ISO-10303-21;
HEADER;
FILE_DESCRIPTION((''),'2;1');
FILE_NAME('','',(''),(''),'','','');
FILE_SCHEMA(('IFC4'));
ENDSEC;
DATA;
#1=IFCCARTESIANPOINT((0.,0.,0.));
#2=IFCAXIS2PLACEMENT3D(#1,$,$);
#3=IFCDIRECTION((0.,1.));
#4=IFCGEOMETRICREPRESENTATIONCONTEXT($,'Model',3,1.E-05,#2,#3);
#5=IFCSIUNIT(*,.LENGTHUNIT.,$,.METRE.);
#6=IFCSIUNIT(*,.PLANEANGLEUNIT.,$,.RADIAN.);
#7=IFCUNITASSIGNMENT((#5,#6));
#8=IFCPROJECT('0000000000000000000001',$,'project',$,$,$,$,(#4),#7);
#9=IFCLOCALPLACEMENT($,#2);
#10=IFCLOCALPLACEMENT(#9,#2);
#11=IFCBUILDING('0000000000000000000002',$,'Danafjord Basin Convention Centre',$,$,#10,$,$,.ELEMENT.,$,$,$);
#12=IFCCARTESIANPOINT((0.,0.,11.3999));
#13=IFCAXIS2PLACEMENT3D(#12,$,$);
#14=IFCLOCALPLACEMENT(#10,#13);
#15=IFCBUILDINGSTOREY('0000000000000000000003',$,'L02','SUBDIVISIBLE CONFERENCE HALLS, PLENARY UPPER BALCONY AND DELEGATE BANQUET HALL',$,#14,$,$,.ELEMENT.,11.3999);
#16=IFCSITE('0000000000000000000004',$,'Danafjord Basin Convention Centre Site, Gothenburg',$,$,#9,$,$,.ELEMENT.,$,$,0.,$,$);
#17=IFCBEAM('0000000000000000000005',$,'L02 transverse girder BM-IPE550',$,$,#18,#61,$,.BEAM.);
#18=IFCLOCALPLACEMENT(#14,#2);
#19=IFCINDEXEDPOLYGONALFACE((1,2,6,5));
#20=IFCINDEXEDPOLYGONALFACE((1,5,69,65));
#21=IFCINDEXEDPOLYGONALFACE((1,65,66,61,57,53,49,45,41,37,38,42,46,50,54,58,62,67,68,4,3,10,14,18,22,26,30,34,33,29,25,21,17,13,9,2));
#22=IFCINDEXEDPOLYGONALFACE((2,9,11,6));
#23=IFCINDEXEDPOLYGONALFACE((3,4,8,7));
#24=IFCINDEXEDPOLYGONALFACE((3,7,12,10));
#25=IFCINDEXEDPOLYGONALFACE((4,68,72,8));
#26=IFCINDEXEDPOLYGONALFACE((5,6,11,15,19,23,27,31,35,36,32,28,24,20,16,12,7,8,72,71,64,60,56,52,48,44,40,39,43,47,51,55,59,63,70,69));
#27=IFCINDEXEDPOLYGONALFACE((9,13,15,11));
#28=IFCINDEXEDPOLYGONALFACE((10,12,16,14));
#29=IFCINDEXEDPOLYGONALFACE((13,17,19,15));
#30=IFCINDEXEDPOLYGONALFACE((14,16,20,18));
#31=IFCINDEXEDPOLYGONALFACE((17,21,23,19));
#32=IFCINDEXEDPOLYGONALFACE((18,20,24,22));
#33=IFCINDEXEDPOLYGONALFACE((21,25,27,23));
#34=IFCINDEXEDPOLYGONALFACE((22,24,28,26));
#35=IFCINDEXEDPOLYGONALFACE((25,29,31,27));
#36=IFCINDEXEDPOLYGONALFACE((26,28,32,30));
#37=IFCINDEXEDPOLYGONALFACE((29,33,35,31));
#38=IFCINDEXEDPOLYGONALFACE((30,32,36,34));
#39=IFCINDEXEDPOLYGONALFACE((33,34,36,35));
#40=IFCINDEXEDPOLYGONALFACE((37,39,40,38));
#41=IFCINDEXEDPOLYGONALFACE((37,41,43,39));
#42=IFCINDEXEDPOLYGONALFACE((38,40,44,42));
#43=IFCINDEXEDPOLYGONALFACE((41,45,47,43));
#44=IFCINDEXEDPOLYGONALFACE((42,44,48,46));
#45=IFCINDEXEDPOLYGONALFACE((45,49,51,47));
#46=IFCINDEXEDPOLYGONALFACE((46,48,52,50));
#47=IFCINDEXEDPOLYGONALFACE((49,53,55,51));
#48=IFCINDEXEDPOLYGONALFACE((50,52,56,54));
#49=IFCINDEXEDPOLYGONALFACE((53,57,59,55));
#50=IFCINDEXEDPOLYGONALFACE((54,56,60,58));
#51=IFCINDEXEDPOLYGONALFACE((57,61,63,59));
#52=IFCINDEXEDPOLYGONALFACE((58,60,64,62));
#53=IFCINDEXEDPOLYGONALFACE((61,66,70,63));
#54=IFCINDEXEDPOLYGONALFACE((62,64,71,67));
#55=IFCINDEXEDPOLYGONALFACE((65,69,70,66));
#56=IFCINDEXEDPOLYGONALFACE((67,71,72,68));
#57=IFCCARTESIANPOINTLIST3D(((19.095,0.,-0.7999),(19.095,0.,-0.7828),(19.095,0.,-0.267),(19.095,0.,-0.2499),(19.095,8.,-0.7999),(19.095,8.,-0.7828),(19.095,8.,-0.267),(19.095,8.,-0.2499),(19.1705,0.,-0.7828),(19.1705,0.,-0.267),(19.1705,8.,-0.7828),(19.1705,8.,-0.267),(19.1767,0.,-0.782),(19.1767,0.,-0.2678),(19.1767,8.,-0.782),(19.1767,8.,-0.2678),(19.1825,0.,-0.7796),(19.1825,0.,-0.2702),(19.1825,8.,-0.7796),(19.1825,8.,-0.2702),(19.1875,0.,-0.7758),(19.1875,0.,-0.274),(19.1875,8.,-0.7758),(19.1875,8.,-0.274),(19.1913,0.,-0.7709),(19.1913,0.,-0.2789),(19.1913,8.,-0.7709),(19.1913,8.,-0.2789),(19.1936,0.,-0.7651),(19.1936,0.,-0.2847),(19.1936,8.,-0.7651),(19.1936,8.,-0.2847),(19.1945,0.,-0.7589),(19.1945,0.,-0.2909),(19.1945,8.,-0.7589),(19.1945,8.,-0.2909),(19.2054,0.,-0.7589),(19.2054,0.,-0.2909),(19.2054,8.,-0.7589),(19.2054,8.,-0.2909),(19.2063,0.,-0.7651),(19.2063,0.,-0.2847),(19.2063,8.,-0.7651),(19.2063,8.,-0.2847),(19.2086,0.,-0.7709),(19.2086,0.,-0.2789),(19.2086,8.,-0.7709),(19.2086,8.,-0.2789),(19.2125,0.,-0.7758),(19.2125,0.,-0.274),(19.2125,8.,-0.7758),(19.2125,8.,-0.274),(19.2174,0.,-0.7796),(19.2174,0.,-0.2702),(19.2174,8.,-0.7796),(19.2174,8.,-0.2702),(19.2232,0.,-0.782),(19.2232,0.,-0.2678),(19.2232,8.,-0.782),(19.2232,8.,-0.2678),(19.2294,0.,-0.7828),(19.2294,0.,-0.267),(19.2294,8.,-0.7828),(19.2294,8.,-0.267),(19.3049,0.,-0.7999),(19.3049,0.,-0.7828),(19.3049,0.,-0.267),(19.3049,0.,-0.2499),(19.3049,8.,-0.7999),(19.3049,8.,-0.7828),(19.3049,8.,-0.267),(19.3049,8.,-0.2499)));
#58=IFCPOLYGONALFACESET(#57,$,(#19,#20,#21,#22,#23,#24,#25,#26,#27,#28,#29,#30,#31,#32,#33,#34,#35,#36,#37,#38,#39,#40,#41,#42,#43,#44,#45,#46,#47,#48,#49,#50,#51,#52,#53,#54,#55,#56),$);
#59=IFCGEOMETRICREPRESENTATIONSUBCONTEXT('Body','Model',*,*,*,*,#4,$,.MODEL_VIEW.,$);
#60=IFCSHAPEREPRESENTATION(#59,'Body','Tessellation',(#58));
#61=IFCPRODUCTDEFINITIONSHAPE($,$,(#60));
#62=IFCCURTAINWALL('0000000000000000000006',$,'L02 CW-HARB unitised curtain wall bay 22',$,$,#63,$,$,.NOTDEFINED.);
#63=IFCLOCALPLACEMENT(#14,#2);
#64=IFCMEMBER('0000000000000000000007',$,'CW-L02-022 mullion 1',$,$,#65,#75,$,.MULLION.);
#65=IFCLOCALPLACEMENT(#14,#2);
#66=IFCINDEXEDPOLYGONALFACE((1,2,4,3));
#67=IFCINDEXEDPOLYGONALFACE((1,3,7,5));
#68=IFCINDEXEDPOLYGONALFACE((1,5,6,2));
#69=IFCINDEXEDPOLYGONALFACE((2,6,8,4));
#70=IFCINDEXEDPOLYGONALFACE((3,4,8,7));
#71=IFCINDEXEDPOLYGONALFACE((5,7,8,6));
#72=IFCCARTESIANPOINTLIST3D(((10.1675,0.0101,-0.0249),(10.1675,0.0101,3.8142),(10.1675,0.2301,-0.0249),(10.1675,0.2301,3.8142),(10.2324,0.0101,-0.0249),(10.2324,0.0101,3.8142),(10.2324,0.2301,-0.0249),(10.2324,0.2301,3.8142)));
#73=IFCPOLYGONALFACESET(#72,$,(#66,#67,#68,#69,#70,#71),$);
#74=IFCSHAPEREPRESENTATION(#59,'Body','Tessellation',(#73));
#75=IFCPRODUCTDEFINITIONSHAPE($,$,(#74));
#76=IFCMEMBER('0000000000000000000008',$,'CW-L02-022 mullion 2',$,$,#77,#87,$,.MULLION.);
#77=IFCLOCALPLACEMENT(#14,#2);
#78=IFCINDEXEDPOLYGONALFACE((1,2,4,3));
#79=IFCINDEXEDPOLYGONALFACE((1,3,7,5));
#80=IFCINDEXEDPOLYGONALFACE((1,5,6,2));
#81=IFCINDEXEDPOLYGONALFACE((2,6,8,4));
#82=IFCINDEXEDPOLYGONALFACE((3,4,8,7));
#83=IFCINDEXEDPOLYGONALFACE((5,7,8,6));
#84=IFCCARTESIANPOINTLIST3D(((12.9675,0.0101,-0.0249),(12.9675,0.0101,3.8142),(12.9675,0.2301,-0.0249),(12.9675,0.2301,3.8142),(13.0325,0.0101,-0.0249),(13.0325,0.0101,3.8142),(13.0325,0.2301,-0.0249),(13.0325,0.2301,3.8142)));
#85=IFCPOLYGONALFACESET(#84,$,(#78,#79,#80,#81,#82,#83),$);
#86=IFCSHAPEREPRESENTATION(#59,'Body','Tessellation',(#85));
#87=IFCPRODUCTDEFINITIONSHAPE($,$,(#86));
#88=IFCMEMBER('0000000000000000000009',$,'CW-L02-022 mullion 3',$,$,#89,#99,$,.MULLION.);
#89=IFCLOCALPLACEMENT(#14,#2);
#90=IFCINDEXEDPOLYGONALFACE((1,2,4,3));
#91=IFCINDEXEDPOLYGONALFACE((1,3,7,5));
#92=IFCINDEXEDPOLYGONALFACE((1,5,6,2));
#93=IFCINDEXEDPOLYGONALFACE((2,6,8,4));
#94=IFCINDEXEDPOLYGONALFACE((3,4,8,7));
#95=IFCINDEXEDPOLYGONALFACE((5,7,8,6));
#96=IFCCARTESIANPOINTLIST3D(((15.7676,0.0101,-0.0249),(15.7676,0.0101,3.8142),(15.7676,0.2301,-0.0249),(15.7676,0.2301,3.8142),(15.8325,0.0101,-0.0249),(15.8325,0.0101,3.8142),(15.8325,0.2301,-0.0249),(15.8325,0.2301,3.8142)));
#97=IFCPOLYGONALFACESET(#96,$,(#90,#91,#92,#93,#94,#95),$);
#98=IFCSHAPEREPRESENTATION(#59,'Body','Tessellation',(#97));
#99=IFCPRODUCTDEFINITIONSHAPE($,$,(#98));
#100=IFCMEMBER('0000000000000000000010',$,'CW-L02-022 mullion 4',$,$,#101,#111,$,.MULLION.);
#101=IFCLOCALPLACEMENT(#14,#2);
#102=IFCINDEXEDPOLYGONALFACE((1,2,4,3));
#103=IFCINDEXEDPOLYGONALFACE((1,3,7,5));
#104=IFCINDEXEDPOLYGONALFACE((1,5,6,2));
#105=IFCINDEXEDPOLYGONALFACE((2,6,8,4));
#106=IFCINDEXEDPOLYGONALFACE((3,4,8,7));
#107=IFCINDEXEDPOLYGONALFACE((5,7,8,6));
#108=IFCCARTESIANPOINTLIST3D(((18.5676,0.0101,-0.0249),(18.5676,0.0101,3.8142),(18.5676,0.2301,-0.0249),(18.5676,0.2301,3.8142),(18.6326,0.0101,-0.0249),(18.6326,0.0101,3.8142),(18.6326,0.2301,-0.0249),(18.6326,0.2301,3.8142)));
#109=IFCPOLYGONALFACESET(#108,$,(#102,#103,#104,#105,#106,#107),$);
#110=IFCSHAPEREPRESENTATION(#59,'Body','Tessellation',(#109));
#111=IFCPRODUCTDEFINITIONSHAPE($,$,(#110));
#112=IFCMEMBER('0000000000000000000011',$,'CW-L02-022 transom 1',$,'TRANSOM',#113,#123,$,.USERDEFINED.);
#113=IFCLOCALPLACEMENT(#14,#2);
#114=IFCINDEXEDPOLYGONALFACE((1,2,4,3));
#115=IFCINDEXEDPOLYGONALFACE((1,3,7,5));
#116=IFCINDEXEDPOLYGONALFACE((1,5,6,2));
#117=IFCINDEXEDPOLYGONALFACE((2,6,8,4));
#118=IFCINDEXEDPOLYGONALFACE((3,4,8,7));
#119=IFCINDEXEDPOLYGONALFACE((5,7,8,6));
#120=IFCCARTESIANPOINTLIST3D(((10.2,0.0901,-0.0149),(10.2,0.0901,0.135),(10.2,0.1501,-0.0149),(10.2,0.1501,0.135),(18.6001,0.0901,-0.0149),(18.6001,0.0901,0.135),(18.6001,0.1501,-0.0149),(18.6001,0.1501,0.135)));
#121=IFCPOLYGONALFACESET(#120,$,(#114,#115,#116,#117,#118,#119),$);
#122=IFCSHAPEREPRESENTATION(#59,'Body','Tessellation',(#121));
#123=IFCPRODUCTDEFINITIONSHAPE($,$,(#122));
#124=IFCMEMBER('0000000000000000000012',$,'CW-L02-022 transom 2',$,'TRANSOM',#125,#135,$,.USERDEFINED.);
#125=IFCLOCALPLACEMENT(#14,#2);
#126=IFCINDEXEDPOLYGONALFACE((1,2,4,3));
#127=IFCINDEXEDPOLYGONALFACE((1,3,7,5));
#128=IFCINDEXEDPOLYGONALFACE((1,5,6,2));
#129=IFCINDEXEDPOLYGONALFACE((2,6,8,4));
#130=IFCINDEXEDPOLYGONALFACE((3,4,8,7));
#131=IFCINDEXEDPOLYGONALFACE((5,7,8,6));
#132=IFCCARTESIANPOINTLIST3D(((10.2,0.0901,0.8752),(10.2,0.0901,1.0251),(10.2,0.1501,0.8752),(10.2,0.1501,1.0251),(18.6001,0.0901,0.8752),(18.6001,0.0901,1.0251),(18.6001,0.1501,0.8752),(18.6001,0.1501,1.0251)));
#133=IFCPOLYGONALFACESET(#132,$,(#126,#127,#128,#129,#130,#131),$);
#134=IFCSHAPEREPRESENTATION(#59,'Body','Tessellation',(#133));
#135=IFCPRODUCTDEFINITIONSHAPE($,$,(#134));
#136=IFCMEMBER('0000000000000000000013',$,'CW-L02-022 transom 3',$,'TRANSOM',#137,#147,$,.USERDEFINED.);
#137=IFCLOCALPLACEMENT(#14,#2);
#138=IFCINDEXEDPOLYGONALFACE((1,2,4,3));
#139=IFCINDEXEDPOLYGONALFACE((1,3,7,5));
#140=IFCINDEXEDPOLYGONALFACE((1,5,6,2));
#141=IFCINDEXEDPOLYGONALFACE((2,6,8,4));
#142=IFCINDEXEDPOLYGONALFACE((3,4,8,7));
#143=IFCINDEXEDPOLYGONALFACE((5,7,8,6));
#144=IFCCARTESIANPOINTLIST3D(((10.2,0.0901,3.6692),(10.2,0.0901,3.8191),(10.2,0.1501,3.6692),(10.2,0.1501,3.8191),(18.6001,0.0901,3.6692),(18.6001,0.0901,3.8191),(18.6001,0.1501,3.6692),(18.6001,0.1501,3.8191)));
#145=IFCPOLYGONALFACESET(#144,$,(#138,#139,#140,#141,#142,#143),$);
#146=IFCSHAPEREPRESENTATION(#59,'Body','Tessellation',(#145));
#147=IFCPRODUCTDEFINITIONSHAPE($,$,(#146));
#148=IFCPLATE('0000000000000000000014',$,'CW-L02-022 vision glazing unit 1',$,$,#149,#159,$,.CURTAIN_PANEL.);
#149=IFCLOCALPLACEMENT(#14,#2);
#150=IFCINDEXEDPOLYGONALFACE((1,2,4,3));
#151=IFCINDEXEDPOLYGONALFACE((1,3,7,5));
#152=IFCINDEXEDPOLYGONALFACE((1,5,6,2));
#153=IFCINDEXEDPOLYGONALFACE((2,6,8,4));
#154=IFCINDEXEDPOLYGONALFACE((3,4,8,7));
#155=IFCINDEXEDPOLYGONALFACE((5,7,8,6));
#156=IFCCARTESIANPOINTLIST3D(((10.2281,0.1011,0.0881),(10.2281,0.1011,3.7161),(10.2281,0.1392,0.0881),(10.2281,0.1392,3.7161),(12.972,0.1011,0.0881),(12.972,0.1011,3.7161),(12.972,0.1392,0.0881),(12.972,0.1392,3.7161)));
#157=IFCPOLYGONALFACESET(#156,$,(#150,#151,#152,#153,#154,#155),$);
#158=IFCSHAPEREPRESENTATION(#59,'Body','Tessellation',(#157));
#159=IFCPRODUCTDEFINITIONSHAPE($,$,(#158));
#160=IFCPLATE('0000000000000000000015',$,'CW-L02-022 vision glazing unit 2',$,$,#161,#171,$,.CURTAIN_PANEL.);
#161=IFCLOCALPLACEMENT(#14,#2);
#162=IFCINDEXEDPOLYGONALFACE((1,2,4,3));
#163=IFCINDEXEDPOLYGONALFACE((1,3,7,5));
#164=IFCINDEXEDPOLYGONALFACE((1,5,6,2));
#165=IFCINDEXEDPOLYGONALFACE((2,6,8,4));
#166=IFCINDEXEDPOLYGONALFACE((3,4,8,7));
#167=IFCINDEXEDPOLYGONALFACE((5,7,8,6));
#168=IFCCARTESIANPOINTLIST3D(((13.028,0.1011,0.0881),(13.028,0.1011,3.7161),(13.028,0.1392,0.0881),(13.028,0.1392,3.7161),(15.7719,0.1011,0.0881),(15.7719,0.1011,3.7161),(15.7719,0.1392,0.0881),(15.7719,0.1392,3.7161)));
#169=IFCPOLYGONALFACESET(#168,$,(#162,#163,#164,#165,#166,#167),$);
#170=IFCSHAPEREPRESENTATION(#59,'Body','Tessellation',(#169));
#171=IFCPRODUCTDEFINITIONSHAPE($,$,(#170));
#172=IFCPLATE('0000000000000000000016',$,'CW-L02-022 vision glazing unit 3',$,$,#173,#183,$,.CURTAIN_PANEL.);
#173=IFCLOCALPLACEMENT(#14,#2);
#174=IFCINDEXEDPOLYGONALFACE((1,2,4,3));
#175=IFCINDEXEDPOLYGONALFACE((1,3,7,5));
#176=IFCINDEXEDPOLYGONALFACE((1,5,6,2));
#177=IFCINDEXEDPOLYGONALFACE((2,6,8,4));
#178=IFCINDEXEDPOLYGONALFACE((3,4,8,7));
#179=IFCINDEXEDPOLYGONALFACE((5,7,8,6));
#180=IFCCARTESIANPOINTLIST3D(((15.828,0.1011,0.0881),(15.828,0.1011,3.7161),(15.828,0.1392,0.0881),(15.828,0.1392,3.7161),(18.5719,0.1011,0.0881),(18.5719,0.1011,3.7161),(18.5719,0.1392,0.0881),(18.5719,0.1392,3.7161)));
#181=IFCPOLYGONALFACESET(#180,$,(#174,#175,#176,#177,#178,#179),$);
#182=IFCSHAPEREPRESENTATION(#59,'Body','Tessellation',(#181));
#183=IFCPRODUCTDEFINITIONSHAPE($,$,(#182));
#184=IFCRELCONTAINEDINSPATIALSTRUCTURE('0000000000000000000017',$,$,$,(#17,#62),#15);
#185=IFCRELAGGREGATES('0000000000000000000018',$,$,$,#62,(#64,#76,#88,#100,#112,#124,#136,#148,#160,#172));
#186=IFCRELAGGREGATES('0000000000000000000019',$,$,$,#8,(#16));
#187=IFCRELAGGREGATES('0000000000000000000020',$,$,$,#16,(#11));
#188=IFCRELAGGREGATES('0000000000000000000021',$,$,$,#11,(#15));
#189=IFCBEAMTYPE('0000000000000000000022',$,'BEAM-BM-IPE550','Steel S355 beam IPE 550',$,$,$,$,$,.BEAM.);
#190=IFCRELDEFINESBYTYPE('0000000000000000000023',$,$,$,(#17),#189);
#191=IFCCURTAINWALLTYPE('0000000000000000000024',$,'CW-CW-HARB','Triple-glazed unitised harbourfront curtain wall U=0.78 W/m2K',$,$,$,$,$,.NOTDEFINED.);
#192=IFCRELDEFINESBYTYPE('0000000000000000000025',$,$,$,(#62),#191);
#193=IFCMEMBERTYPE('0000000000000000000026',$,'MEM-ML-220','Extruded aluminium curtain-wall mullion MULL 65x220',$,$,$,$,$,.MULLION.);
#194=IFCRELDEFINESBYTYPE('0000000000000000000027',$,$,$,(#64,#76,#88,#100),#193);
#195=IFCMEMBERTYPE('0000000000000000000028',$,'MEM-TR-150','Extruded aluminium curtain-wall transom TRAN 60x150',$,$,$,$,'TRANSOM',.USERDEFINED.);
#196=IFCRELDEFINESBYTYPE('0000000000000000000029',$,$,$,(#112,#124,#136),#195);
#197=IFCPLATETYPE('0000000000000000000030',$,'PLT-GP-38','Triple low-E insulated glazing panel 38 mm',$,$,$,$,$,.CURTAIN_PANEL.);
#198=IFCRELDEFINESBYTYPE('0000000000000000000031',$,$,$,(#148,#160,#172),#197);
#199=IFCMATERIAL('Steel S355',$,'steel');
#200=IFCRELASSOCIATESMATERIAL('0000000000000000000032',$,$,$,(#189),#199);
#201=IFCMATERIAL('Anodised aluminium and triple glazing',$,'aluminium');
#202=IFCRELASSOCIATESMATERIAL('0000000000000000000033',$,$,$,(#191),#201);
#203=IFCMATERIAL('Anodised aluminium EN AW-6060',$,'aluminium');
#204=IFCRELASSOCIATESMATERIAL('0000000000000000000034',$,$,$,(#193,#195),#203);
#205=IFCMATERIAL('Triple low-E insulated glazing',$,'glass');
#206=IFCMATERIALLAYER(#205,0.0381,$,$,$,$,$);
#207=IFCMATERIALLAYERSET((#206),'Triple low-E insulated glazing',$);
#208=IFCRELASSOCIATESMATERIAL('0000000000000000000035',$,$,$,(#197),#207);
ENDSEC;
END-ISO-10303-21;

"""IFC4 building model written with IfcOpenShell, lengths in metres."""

from ifc_helpers import new_model, si_unit, direction, frame, origin, origin_2d, place, context, subcontext, project, spatial, rectangle, i_section, extrude, material, layer, layer_set, material_profile, profile_set, type_object, element, aggregate, save


model = new_model("IFC4")

# Units and contexts
model_context = context("Model", 3, precision=1e-05, world=origin(), true_north=direction((0.0, 1.0)))
body_context = subcontext(model_context, "Body", "Model", "MODEL_VIEW")
ifc_project = project(units=[si_unit("LENGTHUNIT", "METRE"), si_unit("PLANEANGLEUNIT", "RADIAN")], contexts=[model_context])

# Site, building, storey
site_placement = place(None, origin())
site = spatial("IfcSite", under=ifc_project, at=site_placement, Name="Danafjord Basin Convention Centre Site, Gothenburg", CompositionType="ELEMENT", RefElevation=0.0)
building_placement = place(site_placement, origin())
building = spatial("IfcBuilding", under=site, at=building_placement, Name="Danafjord Basin Convention Centre", CompositionType="ELEMENT")
storey_placement = place(building_placement, frame((0.0, 0.0, 11.3999)))
storey = spatial("IfcBuildingStorey", under=building, at=storey_placement, Name="L02", Description="SUBDIVISIBLE CONFERENCE HALLS, PLENARY UPPER BALCONY AND DELEGATE BANQUET HALL", CompositionType="ELEMENT", Elevation=11.3999)

# Shared definitions
ifc_material_1 = material(Name="Steel S355", Category="steel")

# Beam
ifc_material_profile_1 = material_profile(ifc_material_1, i_section(OverallWidth=0.21, OverallDepth=0.55, WebThickness=0.011, FlangeThickness=0.0171, FilletRadius=0.0239, at=origin_2d()), Name="IPE 550")
ifc_profile_set_1 = profile_set([ifc_material_profile_1], Name="Steel S355")
beam_type_1 = type_object("IfcBeamType", Name="BEAM-BM-IPE550", Description="Steel S355 beam IPE 550", PredefinedType="BEAM", material=ifc_profile_set_1)
beam_1_placement = place(storey_placement, frame((19.2, 0.0, -0.5249), z_axis=(0.0, 1.0, 0.0), x_axis=(-1.0, 0.0, 0.0)))
element("IfcBeam", 1, at=beam_1_placement, inside=storey, type_object=beam_type_1, Name="L02 transverse girder BM-IPE550", PredefinedType="BEAM", context=body_context, shape_type="SweptSolid", body=[
    extrude(i_section(OverallWidth=0.21, OverallDepth=0.55, WebThickness=0.011, FlangeThickness=0.0171, FilletRadius=0.0239, at=origin_2d()), origin(), (0.0, 0.0, 1.0), 8.0),
])

# Curtain wall, members, plates
ifc_material_2 = material(Name="Anodised aluminium and triple glazing", Category="aluminium")
curtain_wall_type = type_object("IfcCurtainWallType", Name="CW-CW-HARB", Description="Triple-glazed unitised harbourfront curtain wall U=0.78 W/m2K", PredefinedType="NOTDEFINED", material=ifc_material_2)
curtain_wall_placement = place(storey_placement, origin())
curtain_wall = element("IfcCurtainWall", 2, at=curtain_wall_placement, inside=storey, type_object=curtain_wall_type, Name="L02 CW-HARB unitised curtain wall bay 22", PredefinedType="NOTDEFINED")
ifc_material_3 = material(Name="Anodised aluminium EN AW-6060", Category="aluminium")
ifc_material_profile_2 = material_profile(ifc_material_3, rectangle(XDim=0.0649, YDim=0.22, at=origin_2d()), Name="MULL 65x220")
ifc_profile_set_2 = profile_set([ifc_material_profile_2], Name="Anodised aluminium EN AW-6060")
member_type_1 = type_object("IfcMemberType", Name="MEM-ML-220", Description="Extruded aluminium curtain-wall mullion MULL 65x220", PredefinedType="MULLION", material=ifc_profile_set_2)
member_1_placement = place(storey_placement, frame((10.2, 0.1201, -0.0249), z_axis=(0.0, 0.0, 1.0), x_axis=(1.0, 0.0, 0.0)))
member_1 = element("IfcMember", 3, at=member_1_placement, type_object=member_type_1, Name="CW-L02-022 mullion 1", PredefinedType="MULLION", context=body_context, shape_type="SweptSolid", body=[
    extrude(rectangle(XDim=0.0649, YDim=0.22, at=origin_2d()), origin(), (0.0, 0.0, 1.0), 3.8391),
])
member_2_placement = place(storey_placement, frame((13.0, 0.1201, -0.0249), z_axis=(0.0, 0.0, 1.0), x_axis=(1.0, 0.0, 0.0)))
member_2 = element("IfcMember", 4, at=member_2_placement, type_object=member_type_1, Name="CW-L02-022 mullion 2", PredefinedType="MULLION", context=body_context, shape_type="SweptSolid", body=[
    extrude(rectangle(XDim=0.0649, YDim=0.22, at=origin_2d()), origin(), (0.0, 0.0, 1.0), 3.8391),
])
member_3_placement = place(storey_placement, frame((15.8, 0.1201, -0.0249), z_axis=(0.0, 0.0, 1.0), x_axis=(1.0, 0.0, 0.0)))
member_3 = element("IfcMember", 5, at=member_3_placement, type_object=member_type_1, Name="CW-L02-022 mullion 3", PredefinedType="MULLION", context=body_context, shape_type="SweptSolid", body=[
    extrude(rectangle(XDim=0.0649, YDim=0.22, at=origin_2d()), origin(), (0.0, 0.0, 1.0), 3.8391),
])
member_4_placement = place(storey_placement, frame((18.6001, 0.1201, -0.0249), z_axis=(0.0, 0.0, 1.0), x_axis=(1.0, 0.0, 0.0)))
member_4 = element("IfcMember", 6, at=member_4_placement, type_object=member_type_1, Name="CW-L02-022 mullion 4", PredefinedType="MULLION", context=body_context, shape_type="SweptSolid", body=[
    extrude(rectangle(XDim=0.0649, YDim=0.22, at=origin_2d()), origin(), (0.0, 0.0, 1.0), 3.8391),
])
ifc_material_profile_3 = material_profile(ifc_material_3, rectangle(XDim=0.0601, YDim=0.1499, at=origin_2d()), Name="TRAN 60x150")
ifc_profile_set_3 = profile_set([ifc_material_profile_3], Name="Anodised aluminium EN AW-6060")
member_type_2 = type_object("IfcMemberType", Name="MEM-TR-150", Description="Extruded aluminium curtain-wall transom TRAN 60x150", ElementType="TRANSOM", PredefinedType="USERDEFINED", material=ifc_profile_set_3)
member_5_placement = place(storey_placement, frame((10.2, 0.1201, 0.0601), z_axis=(1.0, 0.0, 0.0), x_axis=(0.0, 1.0, 0.0)))
member_5 = element("IfcMember", 7, at=member_5_placement, type_object=member_type_2, Name="CW-L02-022 transom 1", ObjectType="TRANSOM", PredefinedType="USERDEFINED", context=body_context, shape_type="SweptSolid", body=[
    extrude(rectangle(XDim=0.0601, YDim=0.1499, at=origin_2d()), origin(), (0.0, 0.0, 1.0), 8.4001),
])
member_6_placement = place(storey_placement, frame((10.2, 0.1201, 0.9502), z_axis=(1.0, 0.0, 0.0), x_axis=(0.0, 1.0, 0.0)))
member_6 = element("IfcMember", 8, at=member_6_placement, type_object=member_type_2, Name="CW-L02-022 transom 2", ObjectType="TRANSOM", PredefinedType="USERDEFINED", context=body_context, shape_type="SweptSolid", body=[
    extrude(rectangle(XDim=0.0601, YDim=0.1499, at=origin_2d()), origin(), (0.0, 0.0, 1.0), 8.4001),
])
member_7_placement = place(storey_placement, frame((10.2, 0.1201, 3.7441), z_axis=(1.0, 0.0, 0.0), x_axis=(0.0, 1.0, 0.0)))
member_7 = element("IfcMember", 9, at=member_7_placement, type_object=member_type_2, Name="CW-L02-022 transom 3", ObjectType="TRANSOM", PredefinedType="USERDEFINED", context=body_context, shape_type="SweptSolid", body=[
    extrude(rectangle(XDim=0.0601, YDim=0.1499, at=origin_2d()), origin(), (0.0, 0.0, 1.0), 8.4001),
])
ifc_material_4 = material(Name="Triple low-E insulated glazing", Category="glass")
ifc_layer_1 = layer(ifc_material_4, 0.0381)
ifc_layer_set_1 = layer_set([ifc_layer_1], Name="Triple low-E insulated glazing")
plate_type = type_object("IfcPlateType", Name="PLT-GP-38", Description="Triple low-E insulated glazing panel 38 mm", PredefinedType="CURTAIN_PANEL", material=ifc_layer_set_1)
plate_1_placement = place(storey_placement, frame((11.6001, 0.1201, 0.0881), z_axis=(0.0, 0.0, 1.0), x_axis=(1.0, 0.0, 0.0)))
plate_1 = element("IfcPlate", 10, at=plate_1_placement, type_object=plate_type, Name="CW-L02-022 vision glazing unit 1", PredefinedType="CURTAIN_PANEL", context=body_context, shape_type="SweptSolid", body=[
    extrude(rectangle(XDim=2.7439, YDim=0.0381, at=origin_2d()), origin(), (0.0, 0.0, 1.0), 3.6279),
])
plate_2_placement = place(storey_placement, frame((14.3999, 0.1201, 0.0881), z_axis=(0.0, 0.0, 1.0), x_axis=(1.0, 0.0, 0.0)))
plate_2 = element("IfcPlate", 11, at=plate_2_placement, type_object=plate_type, Name="CW-L02-022 vision glazing unit 2", PredefinedType="CURTAIN_PANEL", context=body_context, shape_type="SweptSolid", body=[
    extrude(rectangle(XDim=2.7439, YDim=0.0381, at=origin_2d()), origin(), (0.0, 0.0, 1.0), 3.6279),
])
plate_3_placement = place(storey_placement, frame((17.2, 0.1201, 0.0881), z_axis=(0.0, 0.0, 1.0), x_axis=(1.0, 0.0, 0.0)))
plate_3 = element("IfcPlate", 12, at=plate_3_placement, type_object=plate_type, Name="CW-L02-022 vision glazing unit 3", PredefinedType="CURTAIN_PANEL", context=body_context, shape_type="SweptSolid", body=[
    extrude(rectangle(XDim=2.7439, YDim=0.0381, at=origin_2d()), origin(), (0.0, 0.0, 1.0), 3.6279),
])
aggregate(curtain_wall, [member_1, member_2, member_3, member_4, member_5, member_6, member_7, plate_1, plate_2, plate_3])

save(model, "model.ifc")
